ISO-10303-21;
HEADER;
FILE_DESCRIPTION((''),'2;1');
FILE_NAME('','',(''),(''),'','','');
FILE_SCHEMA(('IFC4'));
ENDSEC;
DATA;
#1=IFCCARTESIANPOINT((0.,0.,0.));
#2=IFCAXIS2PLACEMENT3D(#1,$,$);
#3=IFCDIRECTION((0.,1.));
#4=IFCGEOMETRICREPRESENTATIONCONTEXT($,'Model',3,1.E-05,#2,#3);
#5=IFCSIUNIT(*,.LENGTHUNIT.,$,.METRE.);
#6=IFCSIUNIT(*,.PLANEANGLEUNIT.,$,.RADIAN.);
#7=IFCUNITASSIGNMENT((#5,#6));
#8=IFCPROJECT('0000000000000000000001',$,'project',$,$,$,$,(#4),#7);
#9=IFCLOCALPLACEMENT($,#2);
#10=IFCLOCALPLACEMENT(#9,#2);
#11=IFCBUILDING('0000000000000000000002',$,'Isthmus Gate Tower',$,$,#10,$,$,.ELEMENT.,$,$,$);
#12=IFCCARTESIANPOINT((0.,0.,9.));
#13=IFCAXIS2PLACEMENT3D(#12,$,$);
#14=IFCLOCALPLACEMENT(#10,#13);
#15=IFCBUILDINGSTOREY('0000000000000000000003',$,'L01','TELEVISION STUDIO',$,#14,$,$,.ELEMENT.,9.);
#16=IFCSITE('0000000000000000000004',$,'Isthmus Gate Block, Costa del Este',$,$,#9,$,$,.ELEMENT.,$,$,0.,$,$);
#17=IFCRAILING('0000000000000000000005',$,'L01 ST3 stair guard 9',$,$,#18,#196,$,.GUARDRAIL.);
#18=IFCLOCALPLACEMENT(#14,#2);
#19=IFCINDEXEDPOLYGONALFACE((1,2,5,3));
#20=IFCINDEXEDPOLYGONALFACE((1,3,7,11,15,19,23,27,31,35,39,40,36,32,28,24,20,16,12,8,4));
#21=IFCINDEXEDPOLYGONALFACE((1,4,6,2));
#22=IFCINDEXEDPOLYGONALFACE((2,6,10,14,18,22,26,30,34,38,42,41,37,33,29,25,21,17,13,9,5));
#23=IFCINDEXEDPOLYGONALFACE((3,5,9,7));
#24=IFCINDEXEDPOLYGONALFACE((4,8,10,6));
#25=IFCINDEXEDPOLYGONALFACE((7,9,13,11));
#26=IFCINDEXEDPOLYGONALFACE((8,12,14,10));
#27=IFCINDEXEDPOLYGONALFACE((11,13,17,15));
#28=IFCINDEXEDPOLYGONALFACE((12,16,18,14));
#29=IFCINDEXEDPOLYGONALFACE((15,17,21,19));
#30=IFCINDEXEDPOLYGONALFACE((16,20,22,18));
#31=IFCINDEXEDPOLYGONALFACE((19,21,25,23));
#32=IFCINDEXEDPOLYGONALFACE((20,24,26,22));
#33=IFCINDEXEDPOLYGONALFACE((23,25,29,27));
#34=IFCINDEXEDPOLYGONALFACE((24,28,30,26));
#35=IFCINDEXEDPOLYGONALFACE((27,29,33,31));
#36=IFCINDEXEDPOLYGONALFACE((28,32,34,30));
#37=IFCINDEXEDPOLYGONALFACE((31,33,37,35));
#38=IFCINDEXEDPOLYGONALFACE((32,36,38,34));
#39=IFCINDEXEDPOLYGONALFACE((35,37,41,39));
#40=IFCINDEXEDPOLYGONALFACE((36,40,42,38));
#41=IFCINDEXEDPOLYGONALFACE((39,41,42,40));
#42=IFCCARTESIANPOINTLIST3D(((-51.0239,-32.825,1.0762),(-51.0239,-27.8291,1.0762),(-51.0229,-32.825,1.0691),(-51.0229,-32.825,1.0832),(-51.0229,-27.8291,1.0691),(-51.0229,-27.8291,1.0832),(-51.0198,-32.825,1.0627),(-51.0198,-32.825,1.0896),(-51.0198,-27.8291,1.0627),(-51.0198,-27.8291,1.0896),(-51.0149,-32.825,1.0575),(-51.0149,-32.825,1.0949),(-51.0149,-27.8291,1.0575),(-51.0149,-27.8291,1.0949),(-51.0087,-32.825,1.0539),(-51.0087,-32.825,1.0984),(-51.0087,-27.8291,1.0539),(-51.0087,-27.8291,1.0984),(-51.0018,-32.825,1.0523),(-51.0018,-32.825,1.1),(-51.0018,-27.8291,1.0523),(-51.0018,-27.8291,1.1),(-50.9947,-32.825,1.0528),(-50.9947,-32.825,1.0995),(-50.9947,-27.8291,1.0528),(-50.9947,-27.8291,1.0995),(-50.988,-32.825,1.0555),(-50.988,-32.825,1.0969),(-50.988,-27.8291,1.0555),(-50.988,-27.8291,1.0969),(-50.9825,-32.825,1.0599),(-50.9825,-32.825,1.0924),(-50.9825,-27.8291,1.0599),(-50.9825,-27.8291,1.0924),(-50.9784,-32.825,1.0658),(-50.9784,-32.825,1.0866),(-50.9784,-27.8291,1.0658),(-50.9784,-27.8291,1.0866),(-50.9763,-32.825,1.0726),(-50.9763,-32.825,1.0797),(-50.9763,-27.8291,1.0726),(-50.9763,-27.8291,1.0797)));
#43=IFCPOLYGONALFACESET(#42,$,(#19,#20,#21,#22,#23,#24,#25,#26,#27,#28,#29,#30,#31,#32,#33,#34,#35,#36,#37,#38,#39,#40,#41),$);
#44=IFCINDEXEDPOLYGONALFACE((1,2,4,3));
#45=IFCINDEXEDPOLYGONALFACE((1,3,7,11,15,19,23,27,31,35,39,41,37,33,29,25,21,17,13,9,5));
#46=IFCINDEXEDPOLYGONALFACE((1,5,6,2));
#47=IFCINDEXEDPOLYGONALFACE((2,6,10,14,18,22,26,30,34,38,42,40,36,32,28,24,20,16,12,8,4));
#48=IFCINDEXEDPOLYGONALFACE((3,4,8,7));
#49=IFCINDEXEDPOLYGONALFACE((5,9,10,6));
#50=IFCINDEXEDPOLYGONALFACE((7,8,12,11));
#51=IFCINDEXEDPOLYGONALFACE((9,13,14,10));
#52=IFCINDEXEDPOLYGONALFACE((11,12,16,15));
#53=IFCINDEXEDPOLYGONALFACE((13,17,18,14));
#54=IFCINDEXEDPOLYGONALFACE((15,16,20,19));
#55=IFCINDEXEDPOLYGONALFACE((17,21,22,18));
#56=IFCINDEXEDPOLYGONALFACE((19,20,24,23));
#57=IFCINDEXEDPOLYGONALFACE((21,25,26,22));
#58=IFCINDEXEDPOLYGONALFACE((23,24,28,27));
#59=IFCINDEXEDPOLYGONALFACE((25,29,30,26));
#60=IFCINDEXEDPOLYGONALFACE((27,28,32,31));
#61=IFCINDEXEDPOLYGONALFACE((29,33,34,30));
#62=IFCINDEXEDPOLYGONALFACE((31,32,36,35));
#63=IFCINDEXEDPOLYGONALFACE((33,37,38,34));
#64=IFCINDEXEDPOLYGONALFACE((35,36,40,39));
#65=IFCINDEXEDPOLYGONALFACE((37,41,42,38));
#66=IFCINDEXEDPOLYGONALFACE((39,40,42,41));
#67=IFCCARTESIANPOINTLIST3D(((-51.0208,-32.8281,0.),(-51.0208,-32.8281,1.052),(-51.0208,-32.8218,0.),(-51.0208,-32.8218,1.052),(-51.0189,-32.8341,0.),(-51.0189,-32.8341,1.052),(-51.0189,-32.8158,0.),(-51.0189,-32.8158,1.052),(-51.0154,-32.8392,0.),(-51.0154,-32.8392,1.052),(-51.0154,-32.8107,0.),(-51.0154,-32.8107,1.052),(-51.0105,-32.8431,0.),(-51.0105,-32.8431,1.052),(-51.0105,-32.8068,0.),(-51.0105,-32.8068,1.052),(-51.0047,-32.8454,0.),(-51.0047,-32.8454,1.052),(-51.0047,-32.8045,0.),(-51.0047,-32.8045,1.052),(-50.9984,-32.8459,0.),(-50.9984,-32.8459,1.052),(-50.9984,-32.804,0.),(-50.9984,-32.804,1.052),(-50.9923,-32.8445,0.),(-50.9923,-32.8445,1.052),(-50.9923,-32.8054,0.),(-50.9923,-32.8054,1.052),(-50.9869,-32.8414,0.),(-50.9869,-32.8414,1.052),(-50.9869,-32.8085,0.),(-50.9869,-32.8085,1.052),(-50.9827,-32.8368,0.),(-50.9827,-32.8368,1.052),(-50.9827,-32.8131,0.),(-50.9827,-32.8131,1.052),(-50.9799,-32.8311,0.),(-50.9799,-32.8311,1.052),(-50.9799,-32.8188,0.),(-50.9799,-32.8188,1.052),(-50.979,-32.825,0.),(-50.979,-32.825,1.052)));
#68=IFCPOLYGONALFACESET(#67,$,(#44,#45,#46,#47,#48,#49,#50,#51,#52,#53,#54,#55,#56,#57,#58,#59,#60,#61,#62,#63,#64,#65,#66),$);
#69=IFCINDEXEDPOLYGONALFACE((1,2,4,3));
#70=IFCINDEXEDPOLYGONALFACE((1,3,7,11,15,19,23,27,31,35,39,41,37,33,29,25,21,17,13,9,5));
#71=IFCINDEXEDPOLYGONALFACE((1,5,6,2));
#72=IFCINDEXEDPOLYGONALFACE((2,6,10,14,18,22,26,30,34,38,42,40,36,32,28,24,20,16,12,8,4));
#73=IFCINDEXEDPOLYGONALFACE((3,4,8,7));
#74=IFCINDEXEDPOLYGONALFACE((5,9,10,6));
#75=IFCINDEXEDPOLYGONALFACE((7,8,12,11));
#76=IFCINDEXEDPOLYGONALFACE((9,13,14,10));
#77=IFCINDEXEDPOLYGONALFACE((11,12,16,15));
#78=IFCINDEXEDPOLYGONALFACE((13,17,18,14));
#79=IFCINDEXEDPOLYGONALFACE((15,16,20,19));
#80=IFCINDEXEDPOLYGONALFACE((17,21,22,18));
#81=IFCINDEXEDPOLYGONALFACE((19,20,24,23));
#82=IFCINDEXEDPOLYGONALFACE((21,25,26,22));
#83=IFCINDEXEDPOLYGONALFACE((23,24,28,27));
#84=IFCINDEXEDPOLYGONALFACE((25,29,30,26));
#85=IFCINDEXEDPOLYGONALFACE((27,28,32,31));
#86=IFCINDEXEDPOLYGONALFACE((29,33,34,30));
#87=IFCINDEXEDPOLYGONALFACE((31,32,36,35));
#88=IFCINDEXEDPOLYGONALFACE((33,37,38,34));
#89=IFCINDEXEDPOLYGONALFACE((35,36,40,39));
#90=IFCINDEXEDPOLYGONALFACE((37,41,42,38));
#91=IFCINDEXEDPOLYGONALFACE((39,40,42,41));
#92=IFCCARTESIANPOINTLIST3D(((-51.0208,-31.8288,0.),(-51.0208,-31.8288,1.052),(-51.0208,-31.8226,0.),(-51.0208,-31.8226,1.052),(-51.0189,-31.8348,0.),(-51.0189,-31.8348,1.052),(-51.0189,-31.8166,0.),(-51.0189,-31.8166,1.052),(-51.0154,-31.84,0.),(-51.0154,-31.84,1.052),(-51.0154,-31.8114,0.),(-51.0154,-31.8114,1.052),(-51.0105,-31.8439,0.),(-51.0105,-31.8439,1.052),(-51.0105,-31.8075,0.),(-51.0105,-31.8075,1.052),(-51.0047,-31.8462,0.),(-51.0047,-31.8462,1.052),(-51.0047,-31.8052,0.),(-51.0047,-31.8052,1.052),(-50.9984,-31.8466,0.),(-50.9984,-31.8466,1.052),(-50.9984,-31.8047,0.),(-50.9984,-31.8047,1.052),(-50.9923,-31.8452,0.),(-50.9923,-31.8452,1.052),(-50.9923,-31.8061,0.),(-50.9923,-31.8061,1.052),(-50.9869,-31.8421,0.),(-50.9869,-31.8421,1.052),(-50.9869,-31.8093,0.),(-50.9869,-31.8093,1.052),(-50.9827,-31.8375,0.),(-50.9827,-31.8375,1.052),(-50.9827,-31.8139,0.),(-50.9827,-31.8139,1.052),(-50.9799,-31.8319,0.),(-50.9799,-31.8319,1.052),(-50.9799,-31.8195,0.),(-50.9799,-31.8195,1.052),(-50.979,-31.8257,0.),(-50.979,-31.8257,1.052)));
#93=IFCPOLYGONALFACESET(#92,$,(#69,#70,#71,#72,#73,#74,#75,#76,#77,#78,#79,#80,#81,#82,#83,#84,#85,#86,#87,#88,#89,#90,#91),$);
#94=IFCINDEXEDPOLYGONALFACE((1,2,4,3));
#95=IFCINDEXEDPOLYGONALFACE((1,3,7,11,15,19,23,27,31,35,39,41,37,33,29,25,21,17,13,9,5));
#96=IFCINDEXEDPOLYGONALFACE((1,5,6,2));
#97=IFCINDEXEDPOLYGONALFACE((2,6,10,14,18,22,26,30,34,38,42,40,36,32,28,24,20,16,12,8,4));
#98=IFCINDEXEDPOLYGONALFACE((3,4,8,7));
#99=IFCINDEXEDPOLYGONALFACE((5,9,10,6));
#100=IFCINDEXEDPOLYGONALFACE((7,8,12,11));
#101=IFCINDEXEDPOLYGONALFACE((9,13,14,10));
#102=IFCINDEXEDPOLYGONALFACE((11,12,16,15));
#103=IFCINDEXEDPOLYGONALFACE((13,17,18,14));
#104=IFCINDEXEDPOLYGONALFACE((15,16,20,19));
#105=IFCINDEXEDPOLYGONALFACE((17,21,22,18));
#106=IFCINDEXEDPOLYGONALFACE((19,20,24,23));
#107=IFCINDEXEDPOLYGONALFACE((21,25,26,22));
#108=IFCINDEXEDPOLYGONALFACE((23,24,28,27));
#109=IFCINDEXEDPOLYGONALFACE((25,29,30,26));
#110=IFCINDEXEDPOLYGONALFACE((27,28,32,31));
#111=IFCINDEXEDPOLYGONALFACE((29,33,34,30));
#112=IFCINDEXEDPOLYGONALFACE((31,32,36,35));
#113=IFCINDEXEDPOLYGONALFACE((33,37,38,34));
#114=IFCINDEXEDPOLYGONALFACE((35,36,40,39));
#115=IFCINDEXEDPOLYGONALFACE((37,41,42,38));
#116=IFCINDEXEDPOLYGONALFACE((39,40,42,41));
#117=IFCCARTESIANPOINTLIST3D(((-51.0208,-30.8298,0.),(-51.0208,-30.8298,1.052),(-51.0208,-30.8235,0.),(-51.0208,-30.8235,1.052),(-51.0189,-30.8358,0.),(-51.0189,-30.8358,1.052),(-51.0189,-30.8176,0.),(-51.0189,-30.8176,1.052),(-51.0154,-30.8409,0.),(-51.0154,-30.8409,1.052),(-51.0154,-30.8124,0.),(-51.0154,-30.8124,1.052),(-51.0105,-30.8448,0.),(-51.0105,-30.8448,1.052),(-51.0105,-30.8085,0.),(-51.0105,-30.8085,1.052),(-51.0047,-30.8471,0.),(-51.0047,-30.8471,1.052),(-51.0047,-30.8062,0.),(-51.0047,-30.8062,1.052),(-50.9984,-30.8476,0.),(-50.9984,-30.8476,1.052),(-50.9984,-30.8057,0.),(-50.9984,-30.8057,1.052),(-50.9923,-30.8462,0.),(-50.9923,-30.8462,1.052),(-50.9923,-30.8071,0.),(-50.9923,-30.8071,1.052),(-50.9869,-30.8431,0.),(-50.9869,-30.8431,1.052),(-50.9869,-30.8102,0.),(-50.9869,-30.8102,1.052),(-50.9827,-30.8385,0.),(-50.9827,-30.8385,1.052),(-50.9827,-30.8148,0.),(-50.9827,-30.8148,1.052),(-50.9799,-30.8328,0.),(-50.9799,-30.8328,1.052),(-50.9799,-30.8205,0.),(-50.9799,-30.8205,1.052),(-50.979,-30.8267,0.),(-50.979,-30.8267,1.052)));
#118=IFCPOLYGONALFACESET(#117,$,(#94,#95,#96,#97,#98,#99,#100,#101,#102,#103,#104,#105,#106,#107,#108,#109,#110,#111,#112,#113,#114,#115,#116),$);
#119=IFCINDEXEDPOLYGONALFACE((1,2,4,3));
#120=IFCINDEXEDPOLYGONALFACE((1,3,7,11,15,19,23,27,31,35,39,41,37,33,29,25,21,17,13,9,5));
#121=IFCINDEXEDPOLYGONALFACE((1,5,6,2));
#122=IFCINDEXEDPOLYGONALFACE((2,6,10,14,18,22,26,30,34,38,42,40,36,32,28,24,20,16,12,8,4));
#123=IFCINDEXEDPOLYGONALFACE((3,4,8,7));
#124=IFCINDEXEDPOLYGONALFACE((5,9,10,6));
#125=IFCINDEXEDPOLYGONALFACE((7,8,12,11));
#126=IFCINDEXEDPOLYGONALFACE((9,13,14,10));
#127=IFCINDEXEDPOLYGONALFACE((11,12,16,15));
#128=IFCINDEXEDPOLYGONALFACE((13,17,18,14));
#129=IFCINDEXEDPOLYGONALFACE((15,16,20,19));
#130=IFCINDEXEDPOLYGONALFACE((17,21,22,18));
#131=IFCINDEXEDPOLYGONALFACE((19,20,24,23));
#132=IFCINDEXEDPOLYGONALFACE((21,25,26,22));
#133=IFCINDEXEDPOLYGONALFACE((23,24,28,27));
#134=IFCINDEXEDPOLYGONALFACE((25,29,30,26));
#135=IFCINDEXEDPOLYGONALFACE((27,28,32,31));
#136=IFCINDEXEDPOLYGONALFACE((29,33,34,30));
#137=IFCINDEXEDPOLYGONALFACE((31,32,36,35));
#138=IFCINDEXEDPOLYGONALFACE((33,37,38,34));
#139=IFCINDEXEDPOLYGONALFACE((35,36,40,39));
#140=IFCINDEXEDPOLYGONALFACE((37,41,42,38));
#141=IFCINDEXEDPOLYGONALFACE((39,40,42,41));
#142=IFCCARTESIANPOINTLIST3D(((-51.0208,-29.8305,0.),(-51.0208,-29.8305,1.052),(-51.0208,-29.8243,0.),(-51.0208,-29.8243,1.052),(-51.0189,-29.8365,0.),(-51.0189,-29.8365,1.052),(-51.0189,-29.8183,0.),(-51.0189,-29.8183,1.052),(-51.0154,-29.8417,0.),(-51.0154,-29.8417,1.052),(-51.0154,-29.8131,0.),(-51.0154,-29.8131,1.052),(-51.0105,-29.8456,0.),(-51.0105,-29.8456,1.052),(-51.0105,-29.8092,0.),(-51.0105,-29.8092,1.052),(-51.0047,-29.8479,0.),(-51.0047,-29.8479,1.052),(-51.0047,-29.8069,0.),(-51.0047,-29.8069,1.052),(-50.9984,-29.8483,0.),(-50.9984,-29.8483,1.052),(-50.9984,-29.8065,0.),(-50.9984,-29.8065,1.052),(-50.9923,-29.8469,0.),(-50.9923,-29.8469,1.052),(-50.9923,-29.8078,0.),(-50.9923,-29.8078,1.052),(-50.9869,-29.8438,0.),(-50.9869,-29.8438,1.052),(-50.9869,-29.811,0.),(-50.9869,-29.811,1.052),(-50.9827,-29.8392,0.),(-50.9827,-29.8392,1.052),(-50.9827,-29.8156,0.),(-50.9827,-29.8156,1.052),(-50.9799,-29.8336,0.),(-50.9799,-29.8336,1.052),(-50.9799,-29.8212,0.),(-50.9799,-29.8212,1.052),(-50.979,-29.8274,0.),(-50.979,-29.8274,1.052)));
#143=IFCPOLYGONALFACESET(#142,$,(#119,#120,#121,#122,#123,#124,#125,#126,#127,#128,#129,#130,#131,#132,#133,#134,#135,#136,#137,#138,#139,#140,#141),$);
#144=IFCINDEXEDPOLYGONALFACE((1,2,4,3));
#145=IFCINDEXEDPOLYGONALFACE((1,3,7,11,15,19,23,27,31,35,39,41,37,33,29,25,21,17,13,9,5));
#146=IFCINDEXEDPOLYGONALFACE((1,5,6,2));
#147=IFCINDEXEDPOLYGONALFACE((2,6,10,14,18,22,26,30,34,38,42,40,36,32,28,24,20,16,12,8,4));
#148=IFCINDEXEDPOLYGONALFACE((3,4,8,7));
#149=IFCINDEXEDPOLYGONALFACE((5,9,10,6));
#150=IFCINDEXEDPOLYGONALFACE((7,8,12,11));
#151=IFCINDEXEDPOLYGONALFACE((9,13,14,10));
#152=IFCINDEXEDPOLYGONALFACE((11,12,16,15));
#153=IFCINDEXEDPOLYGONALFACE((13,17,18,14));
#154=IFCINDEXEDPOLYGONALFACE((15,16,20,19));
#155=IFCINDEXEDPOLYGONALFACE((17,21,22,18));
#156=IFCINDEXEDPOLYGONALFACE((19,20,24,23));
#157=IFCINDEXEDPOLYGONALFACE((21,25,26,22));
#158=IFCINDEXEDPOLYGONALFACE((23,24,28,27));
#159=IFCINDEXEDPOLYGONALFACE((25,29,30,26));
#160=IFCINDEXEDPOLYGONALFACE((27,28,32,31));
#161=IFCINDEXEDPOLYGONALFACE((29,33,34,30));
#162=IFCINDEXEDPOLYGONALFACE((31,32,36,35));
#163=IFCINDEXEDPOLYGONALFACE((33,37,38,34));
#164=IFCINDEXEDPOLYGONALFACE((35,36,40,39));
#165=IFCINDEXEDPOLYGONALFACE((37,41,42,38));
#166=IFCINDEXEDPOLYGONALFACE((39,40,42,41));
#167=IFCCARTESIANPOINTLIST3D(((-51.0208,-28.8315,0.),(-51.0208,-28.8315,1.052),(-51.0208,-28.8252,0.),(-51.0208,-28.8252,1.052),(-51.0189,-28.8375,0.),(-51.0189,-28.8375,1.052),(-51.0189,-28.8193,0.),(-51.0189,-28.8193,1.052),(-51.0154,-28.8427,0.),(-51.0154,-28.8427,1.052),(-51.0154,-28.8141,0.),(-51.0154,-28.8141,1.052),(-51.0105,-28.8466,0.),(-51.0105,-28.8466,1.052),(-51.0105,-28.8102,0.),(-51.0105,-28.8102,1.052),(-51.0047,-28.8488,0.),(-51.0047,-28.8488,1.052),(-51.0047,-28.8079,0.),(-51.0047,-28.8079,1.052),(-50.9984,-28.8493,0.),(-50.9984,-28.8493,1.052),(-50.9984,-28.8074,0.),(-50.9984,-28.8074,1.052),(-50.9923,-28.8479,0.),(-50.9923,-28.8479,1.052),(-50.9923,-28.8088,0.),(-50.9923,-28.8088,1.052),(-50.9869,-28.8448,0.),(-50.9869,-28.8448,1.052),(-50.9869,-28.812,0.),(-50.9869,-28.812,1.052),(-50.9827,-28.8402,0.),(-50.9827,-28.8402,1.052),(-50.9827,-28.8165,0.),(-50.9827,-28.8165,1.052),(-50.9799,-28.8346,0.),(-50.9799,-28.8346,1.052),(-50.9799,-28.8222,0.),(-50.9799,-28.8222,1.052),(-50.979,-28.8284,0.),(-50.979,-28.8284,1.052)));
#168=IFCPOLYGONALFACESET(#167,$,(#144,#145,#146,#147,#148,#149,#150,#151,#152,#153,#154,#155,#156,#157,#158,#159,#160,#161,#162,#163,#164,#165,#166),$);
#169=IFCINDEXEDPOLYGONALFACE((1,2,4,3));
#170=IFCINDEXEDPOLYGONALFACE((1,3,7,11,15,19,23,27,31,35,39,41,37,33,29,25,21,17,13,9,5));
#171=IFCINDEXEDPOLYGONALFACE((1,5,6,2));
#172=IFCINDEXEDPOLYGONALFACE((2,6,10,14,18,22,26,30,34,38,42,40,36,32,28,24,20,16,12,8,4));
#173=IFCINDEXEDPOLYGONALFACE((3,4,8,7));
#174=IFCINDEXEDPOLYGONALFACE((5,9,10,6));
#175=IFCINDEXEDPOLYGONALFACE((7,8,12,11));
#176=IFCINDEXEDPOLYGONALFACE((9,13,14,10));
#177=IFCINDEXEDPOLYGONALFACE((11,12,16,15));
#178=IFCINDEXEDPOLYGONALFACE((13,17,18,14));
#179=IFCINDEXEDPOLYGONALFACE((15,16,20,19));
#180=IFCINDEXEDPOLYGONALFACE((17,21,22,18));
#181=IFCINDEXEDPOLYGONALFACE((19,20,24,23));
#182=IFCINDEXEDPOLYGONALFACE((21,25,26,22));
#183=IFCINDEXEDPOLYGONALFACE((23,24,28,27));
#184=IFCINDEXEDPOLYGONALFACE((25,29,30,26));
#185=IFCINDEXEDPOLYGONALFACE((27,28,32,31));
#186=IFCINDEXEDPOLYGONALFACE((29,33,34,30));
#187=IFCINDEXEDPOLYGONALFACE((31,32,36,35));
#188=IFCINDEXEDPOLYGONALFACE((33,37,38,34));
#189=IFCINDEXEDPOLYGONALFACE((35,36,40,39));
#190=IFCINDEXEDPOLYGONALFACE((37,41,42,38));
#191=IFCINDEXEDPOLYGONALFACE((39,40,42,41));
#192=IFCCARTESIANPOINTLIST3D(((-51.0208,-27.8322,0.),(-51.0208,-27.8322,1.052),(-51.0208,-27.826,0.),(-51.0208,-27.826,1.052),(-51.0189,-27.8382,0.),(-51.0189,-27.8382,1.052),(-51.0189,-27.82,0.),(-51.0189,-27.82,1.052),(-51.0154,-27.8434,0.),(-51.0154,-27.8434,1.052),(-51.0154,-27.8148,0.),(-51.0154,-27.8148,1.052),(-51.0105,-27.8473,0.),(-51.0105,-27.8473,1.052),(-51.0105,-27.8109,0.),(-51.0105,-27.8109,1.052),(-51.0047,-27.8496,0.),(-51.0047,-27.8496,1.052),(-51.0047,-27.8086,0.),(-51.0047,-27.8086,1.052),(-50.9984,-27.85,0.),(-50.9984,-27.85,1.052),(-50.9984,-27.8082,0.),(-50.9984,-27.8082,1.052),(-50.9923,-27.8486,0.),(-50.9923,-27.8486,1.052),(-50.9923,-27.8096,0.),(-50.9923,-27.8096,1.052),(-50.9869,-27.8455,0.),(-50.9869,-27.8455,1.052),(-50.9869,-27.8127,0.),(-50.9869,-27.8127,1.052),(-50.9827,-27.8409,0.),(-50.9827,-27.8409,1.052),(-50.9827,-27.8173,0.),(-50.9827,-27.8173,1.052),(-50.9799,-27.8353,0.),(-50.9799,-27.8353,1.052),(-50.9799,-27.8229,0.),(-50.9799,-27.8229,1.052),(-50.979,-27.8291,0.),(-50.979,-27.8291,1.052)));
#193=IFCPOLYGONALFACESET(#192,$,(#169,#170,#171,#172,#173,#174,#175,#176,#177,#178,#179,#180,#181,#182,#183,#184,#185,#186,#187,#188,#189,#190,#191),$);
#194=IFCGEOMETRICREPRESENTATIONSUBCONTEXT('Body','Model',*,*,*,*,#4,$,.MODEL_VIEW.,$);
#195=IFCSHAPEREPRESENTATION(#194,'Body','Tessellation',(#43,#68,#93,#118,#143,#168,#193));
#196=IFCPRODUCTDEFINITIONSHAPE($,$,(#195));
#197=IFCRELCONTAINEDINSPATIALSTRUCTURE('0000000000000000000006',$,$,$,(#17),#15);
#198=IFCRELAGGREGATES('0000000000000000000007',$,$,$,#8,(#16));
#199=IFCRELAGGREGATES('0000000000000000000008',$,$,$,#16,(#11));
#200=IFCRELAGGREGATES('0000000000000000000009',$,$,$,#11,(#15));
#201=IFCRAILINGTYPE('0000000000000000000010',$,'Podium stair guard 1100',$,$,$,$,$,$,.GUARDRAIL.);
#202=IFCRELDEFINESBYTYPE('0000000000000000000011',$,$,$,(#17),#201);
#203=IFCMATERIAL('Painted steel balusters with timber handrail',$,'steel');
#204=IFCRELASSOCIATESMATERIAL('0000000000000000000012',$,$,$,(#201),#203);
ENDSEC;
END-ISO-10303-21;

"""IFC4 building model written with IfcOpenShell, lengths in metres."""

from ifc_helpers import new_model, si_unit, direction, frame, origin, origin_2d, place, context, subcontext, project, spatial, circle, extrude, material, type_object, element, save


model = new_model("IFC4")

# Units and contexts
model_context = context("Model", 3, precision=1e-05, world=origin(), true_north=direction((0.0, 1.0)))
body_context = subcontext(model_context, "Body", "Model", "MODEL_VIEW")
ifc_project = project(units=[si_unit("LENGTHUNIT", "METRE"), si_unit("PLANEANGLEUNIT", "RADIAN")], contexts=[model_context])

# Site, building, storey
site_placement = place(None, origin())
site = spatial("IfcSite", under=ifc_project, at=site_placement, Name="Isthmus Gate Block, Costa del Este", CompositionType="ELEMENT", RefElevation=0.0)
building_placement = place(site_placement, origin())
building = spatial("IfcBuilding", under=site, at=building_placement, Name="Isthmus Gate Tower", CompositionType="ELEMENT")
storey_placement = place(building_placement, frame((0.0, 0.0, 9.0)))
storey = spatial("IfcBuildingStorey", under=building, at=storey_placement, Name="L01", Description="TELEVISION STUDIO", CompositionType="ELEMENT", Elevation=9.0)

# Railing
ifc_material_1 = material(Name="Painted steel balusters with timber handrail", Category="steel")
railing_type_1 = type_object("IfcRailingType", Name="Podium stair guard 1100", PredefinedType="GUARDRAIL", material=ifc_material_1)
railing_1_placement = place(storey_placement, frame((-51.0, -32.825, 0.0)))
element("IfcRailing", 1, at=railing_1_placement, inside=storey, type_object=railing_type_1, Name="L01 ST3 stair guard 9", PredefinedType="GUARDRAIL", context=body_context, shape_type="SweptSolid", body=[
    extrude(circle(Radius=0.0239, at=origin_2d()), frame((0.0, 0.0, 1.0762), z_axis=(0.0, 1.0, 0.0), x_axis=(-1.0, 0.0, 0.0)), (0.0, 0.0, 1.0), 4.9958),
    extrude(circle(Radius=0.021, at=origin_2d()), origin(), (0.0, 0.0, 1.0), 1.052),
    extrude(circle(Radius=0.021, at=origin_2d()), frame((0.0, 0.9993, 0.0)), (0.0, 0.0, 1.0), 1.052),
    extrude(circle(Radius=0.021, at=origin_2d()), frame((0.0, 1.9983, 0.0)), (0.0, 0.0, 1.0), 1.052),
    extrude(circle(Radius=0.021, at=origin_2d()), frame((0.0, 2.9976, 0.0)), (0.0, 0.0, 1.0), 1.052),
    extrude(circle(Radius=0.021, at=origin_2d()), frame((0.0, 3.9966, 0.0)), (0.0, 0.0, 1.0), 1.052),
    extrude(circle(Radius=0.021, at=origin_2d()), frame((0.0, 4.9958, 0.0)), (0.0, 0.0, 1.0), 1.052),
])

save(model, "model.ifc")
